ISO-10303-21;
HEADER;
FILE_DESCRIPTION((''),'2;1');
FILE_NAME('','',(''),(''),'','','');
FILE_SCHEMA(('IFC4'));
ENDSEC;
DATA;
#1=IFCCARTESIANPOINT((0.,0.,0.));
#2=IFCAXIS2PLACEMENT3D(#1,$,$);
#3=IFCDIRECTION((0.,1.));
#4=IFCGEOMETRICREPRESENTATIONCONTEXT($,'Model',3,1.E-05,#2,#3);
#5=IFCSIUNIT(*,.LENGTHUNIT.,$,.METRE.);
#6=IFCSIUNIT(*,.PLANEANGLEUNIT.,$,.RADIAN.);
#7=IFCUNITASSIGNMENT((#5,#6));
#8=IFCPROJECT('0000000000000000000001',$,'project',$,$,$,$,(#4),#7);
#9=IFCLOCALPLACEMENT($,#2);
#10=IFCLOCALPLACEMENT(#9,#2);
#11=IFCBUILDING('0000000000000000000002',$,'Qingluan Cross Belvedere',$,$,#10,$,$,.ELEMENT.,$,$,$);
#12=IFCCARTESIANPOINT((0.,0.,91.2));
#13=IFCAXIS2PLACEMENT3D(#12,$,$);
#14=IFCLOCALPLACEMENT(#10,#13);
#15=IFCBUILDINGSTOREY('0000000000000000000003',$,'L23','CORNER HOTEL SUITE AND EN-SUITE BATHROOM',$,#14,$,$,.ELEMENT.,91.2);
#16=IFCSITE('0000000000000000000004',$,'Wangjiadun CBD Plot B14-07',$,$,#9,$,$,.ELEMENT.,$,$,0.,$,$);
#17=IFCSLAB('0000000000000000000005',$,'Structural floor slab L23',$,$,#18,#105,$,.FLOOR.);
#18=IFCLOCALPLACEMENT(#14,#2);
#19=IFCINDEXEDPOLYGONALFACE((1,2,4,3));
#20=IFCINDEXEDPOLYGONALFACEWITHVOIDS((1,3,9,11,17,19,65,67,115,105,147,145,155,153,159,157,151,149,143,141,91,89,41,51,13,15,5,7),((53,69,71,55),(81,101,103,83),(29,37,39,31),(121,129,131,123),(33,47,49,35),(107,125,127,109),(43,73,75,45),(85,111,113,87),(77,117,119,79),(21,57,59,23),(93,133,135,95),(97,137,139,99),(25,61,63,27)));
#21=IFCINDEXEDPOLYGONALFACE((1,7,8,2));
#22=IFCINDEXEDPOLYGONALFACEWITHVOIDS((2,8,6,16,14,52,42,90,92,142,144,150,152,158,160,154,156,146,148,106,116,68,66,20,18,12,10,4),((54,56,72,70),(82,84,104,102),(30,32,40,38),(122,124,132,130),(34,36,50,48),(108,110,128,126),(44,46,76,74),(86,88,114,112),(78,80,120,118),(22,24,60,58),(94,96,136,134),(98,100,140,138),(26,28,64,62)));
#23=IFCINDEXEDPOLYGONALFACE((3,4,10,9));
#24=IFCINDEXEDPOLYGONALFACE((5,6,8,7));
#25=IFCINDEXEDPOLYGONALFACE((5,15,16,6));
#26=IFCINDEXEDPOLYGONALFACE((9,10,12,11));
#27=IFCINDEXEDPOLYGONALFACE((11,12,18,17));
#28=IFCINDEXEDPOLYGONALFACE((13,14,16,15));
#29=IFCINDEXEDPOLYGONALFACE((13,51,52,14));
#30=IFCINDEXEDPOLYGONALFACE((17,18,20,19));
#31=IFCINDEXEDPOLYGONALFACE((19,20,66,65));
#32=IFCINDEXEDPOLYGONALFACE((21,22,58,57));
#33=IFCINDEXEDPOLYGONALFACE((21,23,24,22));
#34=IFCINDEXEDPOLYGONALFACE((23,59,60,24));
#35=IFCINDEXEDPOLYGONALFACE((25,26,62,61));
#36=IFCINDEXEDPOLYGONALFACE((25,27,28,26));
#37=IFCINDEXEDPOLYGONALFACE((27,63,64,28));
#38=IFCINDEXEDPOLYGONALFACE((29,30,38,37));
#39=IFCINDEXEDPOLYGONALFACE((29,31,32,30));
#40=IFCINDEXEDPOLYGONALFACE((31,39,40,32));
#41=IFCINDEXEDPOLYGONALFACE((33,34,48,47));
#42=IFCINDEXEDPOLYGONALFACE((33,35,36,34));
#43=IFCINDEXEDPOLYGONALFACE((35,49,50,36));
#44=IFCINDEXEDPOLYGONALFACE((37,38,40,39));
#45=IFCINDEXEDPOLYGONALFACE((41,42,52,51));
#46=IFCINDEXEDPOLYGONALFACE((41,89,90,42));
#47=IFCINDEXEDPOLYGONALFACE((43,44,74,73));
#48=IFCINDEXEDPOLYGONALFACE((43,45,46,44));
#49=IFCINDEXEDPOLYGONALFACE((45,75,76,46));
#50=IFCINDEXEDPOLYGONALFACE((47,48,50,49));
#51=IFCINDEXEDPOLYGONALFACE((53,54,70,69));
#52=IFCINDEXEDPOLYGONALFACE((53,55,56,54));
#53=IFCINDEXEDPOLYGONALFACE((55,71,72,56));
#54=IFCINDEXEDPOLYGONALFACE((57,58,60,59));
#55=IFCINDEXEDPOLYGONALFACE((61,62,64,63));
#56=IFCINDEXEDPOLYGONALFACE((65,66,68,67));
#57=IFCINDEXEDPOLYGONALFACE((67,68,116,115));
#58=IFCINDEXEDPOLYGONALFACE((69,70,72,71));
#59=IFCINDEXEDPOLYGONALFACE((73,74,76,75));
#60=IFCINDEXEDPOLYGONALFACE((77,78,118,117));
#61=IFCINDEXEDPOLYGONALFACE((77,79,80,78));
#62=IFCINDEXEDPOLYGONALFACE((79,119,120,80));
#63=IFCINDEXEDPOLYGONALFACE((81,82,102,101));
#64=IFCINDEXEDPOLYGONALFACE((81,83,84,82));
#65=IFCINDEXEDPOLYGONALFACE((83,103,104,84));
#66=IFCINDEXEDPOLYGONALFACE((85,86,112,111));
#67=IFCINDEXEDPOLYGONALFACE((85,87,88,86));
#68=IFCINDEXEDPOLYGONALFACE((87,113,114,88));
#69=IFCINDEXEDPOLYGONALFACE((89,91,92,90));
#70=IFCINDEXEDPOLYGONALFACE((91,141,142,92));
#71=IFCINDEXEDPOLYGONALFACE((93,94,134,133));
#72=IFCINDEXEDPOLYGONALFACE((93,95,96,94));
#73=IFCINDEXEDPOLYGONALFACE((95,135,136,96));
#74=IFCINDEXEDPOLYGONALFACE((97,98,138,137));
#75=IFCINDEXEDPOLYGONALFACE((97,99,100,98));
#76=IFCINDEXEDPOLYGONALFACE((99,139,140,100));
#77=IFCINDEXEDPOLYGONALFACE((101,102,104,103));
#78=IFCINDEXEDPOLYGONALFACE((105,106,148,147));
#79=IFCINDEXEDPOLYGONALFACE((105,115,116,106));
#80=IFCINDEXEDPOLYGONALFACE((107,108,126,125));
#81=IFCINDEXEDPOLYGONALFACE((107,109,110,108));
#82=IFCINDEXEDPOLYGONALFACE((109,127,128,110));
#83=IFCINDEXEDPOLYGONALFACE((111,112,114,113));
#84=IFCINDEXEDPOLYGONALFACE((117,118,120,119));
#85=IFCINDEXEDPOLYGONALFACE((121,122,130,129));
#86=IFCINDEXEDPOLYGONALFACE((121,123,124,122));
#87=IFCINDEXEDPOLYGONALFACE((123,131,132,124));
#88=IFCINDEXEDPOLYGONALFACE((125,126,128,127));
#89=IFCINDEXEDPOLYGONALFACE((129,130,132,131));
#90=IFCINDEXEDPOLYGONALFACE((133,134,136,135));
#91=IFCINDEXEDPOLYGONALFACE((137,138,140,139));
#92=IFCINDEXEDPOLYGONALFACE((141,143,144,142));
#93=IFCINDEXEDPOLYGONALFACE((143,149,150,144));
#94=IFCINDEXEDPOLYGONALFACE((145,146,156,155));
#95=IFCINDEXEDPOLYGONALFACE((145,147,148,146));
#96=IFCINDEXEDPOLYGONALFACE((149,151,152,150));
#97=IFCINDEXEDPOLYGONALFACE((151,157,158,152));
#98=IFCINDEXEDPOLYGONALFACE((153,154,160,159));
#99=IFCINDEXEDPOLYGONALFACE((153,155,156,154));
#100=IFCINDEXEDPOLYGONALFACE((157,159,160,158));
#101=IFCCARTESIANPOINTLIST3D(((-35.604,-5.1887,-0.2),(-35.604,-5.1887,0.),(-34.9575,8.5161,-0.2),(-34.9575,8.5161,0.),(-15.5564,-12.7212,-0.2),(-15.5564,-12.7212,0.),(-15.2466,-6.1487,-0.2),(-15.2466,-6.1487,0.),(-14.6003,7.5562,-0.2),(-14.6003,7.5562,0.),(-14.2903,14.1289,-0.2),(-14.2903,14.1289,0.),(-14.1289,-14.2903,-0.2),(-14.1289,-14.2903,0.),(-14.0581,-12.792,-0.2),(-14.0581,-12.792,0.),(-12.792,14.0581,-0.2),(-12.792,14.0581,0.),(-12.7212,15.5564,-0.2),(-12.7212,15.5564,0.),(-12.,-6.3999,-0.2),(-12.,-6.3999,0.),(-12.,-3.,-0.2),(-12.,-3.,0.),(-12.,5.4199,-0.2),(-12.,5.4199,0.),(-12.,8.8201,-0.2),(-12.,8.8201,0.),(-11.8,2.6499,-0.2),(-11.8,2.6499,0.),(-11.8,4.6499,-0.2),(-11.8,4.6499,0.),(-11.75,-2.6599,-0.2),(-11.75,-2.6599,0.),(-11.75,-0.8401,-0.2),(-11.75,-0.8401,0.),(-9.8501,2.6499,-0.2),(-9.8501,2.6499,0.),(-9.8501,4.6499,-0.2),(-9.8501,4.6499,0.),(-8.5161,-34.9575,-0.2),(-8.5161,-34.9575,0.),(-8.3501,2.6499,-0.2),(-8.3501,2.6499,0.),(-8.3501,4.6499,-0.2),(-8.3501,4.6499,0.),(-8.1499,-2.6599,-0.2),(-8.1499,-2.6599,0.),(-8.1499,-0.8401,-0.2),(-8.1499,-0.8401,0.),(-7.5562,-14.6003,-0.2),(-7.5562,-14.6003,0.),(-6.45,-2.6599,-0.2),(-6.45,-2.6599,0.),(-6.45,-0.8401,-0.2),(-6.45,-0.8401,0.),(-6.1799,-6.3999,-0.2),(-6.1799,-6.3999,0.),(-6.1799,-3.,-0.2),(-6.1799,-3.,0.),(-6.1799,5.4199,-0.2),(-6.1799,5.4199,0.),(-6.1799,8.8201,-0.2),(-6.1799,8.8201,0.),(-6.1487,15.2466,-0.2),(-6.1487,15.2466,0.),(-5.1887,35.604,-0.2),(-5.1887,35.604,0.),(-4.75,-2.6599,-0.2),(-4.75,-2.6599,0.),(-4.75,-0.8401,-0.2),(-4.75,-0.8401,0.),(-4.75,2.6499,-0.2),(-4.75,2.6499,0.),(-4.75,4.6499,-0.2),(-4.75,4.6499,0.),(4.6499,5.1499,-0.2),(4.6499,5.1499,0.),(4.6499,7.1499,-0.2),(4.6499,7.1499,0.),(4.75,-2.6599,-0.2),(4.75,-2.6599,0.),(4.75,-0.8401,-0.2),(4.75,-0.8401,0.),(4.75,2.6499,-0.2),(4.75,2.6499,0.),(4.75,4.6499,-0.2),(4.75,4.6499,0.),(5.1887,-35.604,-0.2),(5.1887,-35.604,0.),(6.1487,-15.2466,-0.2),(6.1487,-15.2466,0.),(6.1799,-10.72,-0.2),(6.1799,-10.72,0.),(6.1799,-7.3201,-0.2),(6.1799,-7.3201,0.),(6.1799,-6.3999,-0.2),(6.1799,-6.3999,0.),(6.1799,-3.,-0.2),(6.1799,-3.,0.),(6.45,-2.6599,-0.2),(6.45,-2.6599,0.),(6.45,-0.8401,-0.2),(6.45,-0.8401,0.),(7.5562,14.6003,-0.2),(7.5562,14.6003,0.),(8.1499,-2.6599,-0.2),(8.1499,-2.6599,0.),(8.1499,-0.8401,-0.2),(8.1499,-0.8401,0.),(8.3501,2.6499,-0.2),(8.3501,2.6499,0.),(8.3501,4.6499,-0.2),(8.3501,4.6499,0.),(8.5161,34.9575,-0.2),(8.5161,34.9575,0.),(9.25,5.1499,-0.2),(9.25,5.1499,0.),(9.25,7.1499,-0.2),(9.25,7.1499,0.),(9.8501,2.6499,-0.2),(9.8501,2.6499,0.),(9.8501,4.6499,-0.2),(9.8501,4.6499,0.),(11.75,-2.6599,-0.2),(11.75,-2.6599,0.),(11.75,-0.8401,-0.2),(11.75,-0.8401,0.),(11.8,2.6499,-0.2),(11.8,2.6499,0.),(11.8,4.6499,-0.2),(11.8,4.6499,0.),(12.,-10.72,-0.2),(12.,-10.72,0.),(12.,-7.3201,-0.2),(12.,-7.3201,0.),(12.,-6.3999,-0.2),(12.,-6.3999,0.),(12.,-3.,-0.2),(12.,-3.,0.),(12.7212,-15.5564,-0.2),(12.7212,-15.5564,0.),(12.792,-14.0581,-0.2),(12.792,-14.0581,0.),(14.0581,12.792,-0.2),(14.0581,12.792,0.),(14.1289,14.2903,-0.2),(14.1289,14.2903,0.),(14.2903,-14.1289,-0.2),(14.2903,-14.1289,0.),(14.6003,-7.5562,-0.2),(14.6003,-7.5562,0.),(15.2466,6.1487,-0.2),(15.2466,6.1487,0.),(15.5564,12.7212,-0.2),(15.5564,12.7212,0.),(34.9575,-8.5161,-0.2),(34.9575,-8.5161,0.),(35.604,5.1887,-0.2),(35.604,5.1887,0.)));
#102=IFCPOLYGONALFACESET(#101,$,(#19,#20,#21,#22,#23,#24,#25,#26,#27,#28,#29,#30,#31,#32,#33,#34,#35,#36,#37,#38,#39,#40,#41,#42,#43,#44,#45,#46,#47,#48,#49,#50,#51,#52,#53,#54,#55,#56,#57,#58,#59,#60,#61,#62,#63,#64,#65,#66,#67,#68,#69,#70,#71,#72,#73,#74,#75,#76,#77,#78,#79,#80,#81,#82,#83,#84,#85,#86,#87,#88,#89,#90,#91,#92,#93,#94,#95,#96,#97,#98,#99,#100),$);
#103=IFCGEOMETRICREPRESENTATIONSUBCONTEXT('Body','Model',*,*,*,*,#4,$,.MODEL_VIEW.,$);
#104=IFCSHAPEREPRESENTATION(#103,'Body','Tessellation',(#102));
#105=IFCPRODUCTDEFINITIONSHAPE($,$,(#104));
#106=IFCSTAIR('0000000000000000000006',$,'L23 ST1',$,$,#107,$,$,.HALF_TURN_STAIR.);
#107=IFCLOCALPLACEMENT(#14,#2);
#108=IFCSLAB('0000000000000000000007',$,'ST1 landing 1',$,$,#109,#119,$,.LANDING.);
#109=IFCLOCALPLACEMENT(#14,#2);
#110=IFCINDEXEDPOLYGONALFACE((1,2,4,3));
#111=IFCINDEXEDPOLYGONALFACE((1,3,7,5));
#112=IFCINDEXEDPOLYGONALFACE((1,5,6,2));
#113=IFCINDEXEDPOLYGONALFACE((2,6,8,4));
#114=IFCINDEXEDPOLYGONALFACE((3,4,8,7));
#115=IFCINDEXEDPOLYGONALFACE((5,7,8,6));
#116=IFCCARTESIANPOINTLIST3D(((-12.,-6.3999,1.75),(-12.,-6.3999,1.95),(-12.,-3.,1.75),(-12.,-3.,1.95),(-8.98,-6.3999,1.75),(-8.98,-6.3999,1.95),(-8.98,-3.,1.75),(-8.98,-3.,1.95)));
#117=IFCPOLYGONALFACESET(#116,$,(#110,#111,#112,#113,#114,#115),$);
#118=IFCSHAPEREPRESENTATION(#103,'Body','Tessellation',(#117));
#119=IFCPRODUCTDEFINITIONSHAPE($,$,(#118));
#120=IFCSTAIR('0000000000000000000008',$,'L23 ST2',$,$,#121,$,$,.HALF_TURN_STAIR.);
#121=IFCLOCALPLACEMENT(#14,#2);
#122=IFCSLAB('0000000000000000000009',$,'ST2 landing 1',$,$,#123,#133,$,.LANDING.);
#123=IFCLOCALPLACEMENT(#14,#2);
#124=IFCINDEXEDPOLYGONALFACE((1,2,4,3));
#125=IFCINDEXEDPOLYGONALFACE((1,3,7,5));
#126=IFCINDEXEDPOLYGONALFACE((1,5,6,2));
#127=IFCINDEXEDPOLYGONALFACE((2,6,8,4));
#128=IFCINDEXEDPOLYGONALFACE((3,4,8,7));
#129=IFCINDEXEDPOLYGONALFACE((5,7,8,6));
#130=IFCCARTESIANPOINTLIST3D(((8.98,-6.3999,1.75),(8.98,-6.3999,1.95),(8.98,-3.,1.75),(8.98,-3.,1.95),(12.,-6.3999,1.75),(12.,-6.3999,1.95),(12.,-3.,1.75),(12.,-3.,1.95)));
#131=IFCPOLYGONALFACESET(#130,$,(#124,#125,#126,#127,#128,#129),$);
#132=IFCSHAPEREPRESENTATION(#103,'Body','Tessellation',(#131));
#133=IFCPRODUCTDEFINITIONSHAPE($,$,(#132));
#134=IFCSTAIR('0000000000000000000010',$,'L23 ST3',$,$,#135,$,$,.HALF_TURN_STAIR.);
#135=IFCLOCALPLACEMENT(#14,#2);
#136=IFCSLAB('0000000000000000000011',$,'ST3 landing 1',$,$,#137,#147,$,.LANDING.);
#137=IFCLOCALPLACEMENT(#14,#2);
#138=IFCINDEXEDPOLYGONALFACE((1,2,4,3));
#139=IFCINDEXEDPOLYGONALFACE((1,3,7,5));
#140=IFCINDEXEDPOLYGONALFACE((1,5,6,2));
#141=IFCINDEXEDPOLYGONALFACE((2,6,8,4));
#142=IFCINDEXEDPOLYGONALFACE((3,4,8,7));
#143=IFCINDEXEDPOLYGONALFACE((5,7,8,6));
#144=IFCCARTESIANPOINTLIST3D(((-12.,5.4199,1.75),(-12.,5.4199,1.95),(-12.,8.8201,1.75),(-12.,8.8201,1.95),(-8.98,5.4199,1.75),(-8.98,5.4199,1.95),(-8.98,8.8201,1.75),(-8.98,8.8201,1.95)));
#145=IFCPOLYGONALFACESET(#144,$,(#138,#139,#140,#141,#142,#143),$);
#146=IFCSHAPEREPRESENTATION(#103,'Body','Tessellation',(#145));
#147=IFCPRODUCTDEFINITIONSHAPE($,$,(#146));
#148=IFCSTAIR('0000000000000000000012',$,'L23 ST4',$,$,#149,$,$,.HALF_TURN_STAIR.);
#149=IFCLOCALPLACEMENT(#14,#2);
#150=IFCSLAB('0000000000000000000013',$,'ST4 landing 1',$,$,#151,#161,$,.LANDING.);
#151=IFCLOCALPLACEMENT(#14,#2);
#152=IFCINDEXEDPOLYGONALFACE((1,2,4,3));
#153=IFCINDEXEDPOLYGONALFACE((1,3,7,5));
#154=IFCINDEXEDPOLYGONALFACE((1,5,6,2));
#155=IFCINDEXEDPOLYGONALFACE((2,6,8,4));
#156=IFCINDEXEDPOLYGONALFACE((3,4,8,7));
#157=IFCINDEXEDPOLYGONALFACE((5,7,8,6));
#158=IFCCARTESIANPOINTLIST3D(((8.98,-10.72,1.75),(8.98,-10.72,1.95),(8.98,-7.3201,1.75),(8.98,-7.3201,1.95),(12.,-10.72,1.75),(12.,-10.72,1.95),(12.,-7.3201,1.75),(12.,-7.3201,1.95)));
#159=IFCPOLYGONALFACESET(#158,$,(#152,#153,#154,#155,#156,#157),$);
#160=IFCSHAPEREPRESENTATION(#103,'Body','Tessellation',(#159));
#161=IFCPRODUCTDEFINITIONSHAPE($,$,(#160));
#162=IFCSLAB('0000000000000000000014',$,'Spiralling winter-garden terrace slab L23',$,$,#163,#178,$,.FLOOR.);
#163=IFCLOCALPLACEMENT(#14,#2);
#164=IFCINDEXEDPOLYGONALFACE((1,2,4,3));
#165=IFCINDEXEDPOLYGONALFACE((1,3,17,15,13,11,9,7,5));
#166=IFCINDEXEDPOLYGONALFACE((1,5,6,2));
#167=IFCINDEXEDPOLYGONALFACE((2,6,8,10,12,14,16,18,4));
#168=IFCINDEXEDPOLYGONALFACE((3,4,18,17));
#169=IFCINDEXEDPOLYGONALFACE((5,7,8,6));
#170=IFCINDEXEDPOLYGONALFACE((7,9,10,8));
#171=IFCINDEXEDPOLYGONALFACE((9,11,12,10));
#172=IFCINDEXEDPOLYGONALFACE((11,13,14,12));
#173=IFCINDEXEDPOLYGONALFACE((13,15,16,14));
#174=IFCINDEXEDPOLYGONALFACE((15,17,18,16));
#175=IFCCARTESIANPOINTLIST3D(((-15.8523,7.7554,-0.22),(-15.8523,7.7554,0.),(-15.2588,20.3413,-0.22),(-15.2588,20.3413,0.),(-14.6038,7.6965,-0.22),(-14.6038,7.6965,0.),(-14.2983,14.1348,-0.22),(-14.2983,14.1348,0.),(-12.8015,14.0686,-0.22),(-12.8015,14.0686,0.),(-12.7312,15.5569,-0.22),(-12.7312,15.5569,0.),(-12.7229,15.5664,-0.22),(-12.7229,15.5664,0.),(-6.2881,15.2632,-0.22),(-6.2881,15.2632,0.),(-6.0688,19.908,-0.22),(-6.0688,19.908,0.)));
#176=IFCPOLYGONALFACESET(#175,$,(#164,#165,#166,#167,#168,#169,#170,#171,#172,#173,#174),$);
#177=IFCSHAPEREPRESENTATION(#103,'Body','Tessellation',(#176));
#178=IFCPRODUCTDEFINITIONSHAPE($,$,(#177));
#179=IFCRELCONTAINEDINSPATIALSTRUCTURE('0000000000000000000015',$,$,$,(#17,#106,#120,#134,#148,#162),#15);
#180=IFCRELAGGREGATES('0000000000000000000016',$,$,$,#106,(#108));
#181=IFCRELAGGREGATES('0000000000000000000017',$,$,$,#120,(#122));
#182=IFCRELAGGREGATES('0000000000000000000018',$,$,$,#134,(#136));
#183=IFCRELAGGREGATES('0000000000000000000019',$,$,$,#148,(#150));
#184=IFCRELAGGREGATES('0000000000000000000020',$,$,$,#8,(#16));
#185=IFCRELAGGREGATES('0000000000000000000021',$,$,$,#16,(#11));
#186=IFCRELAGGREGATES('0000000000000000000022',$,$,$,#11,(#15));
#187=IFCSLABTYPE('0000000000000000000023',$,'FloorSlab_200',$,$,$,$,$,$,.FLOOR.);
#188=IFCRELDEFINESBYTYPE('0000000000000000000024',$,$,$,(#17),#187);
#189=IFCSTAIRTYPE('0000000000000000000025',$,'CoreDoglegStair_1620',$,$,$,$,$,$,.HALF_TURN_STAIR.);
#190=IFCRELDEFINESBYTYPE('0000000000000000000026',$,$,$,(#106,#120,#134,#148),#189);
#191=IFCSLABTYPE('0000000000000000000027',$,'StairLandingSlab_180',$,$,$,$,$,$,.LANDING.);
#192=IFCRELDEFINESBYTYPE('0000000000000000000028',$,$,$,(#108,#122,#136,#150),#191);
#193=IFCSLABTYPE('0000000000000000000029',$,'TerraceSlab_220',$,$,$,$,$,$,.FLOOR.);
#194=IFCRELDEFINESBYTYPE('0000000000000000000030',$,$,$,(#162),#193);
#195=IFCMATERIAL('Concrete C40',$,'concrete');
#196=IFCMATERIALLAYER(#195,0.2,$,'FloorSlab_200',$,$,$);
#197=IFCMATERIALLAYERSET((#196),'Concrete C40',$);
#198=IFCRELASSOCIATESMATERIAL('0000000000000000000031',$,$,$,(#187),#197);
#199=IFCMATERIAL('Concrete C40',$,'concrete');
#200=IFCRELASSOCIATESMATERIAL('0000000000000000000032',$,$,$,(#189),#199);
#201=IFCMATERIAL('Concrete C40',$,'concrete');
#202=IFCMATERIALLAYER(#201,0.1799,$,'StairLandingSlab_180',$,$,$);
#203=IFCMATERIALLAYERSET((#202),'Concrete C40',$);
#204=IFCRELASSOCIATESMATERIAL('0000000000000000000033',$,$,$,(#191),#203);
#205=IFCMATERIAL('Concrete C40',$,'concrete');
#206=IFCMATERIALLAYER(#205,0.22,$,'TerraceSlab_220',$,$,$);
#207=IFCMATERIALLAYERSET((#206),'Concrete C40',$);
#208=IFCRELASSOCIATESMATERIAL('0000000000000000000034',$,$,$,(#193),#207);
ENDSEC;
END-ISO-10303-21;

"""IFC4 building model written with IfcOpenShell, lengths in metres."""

from ifc_helpers import new_model, si_unit, direction, frame, origin, place, context, subcontext, project, spatial, polyline, outline, extrude, material, layer, layer_set, type_object, element, aggregate, save


model = new_model("IFC4")

# Units and contexts
model_context = context("Model", 3, precision=1e-05, world=origin(), true_north=direction((0.0, 1.0)))
body_context = subcontext(model_context, "Body", "Model", "MODEL_VIEW")
ifc_project = project(units=[si_unit("LENGTHUNIT", "METRE"), si_unit("PLANEANGLEUNIT", "RADIAN")], contexts=[model_context])

# Site, building, storey
site_placement = place(None, origin())
site = spatial("IfcSite", under=ifc_project, at=site_placement, Name="Wangjiadun CBD Plot B14-07", CompositionType="ELEMENT", RefElevation=0.0)
building_placement = place(site_placement, origin())
building = spatial("IfcBuilding", under=site, at=building_placement, Name="Qingluan Cross Belvedere", CompositionType="ELEMENT")
storey_placement = place(building_placement, frame((0.0, 0.0, 91.2)))
storey = spatial("IfcBuildingStorey", under=building, at=storey_placement, Name="L23", Description="CORNER HOTEL SUITE AND EN-SUITE BATHROOM", CompositionType="ELEMENT", Elevation=91.2)

# Slab
ifc_material_1 = material(Name="Concrete C40", Category="concrete")
ifc_layer_1 = layer(ifc_material_1, 0.2, Name="FloorSlab_200")
ifc_layer_set_1 = layer_set([ifc_layer_1], Name="Concrete C40")
slab_type_1 = type_object("IfcSlabType", Name="FloorSlab_200", PredefinedType="FLOOR", material=ifc_layer_set_1)
slab_1_placement = place(storey_placement, frame((0.0, 0.0, -0.2)))
element("IfcSlab", 1, at=slab_1_placement, inside=storey, type_object=slab_type_1, Name="Structural floor slab L23", PredefinedType="FLOOR", context=body_context, shape_type="SweptSolid", body=[
    extrude(outline(polyline([(5.1887, -35.604), (6.1487, -15.2466), (12.7212, -15.5564), (12.792, -14.0581), (14.2903, -14.1289), (14.6003, -7.5562), (34.9575, -8.5161), (35.604, 5.1887), (15.2466, 6.1487), (15.5564, 12.7212), (14.0581, 12.792), (14.1289, 14.2903), (7.5562, 14.6003), (8.5161, 34.9575), (-5.1887, 35.604), (-6.1487, 15.2466), (-12.7212, 15.5564), (-12.792, 14.0581), (-14.2903, 14.1289), (-14.6003, 7.5562), (-34.9575, 8.5161), (-35.604, -5.1887), (-15.2466, -6.1487), (-15.5564, -12.7212), (-14.0581, -12.792), (-14.1289, -14.2903), (-7.5562, -14.6003), (-8.5161, -34.9575), (5.1887, -35.604)]), holes=[polyline([(-12.0, -3.0), (-6.1799, -3.0), (-6.1799, -6.3999), (-12.0, -6.3999), (-12.0, -3.0)]), polyline([(6.1799, -3.0), (12.0, -3.0), (12.0, -6.3999), (6.1799, -6.3999), (6.1799, -3.0)]), polyline([(-12.0, 8.8201), (-6.1799, 8.8201), (-6.1799, 5.4199), (-12.0, 5.4199), (-12.0, 8.8201)]), polyline([(6.1799, -7.3201), (12.0, -7.3201), (12.0, -10.72), (6.1799, -10.72), (6.1799, -7.3201)]), polyline([(-11.8, 4.6499), (-9.8501, 4.6499), (-9.8501, 2.6499), (-11.8, 2.6499), (-11.8, 4.6499)]), polyline([(-8.3501, 4.6499), (-4.75, 4.6499), (-4.75, 2.6499), (-8.3501, 2.6499), (-8.3501, 4.6499)]), polyline([(4.75, 4.6499), (8.3501, 4.6499), (8.3501, 2.6499), (4.75, 2.6499), (4.75, 4.6499)]), polyline([(9.8501, 4.6499), (11.8, 4.6499), (11.8, 2.6499), (9.8501, 2.6499), (9.8501, 4.6499)]), polyline([(-11.75, -0.8401), (-8.1499, -0.8401), (-8.1499, -2.6599), (-11.75, -2.6599), (-11.75, -0.8401)]), polyline([(-6.45, -0.8401), (-4.75, -0.8401), (-4.75, -2.6599), (-6.45, -2.6599), (-6.45, -0.8401)]), polyline([(4.75, -0.8401), (6.45, -0.8401), (6.45, -2.6599), (4.75, -2.6599), (4.75, -0.8401)]), polyline([(8.1499, -0.8401), (11.75, -0.8401), (11.75, -2.6599), (8.1499, -2.6599), (8.1499, -0.8401)]), polyline([(4.6499, 7.1499), (9.25, 7.1499), (9.25, 5.1499), (4.6499, 5.1499), (4.6499, 7.1499)])]), origin(), (0.0, 0.0, 1.0), 0.2),
])

# Stairs, slabs
ifc_material_2 = material(Name="Concrete C40", Category="concrete")
stair_type = type_object("IfcStairType", Name="CoreDoglegStair_1620", PredefinedType="HALF_TURN_STAIR", material=ifc_material_2)
stair_1_placement = place(storey_placement, origin())
stair_1 = element("IfcStair", 2, at=stair_1_placement, inside=storey, type_object=stair_type, Name="L23 ST1", PredefinedType="HALF_TURN_STAIR")
ifc_material_3 = material(Name="Concrete C40", Category="concrete")
ifc_layer_2 = layer(ifc_material_3, 0.1799, Name="StairLandingSlab_180")
ifc_layer_set_2 = layer_set([ifc_layer_2], Name="Concrete C40")
slab_type_2 = type_object("IfcSlabType", Name="StairLandingSlab_180", PredefinedType="LANDING", material=ifc_layer_set_2)
slab_2_placement = place(storey_placement, frame((0.0, 0.0, 1.75)))
slab_2 = element("IfcSlab", 3, at=slab_2_placement, type_object=slab_type_2, Name="ST1 landing 1", PredefinedType="LANDING", context=body_context, shape_type="SweptSolid", body=[
    extrude(outline(polyline([(-8.98, -3.0), (-12.0, -3.0), (-12.0, -6.3999), (-8.98, -6.3999), (-8.98, -3.0)])), origin(), (0.0, 0.0, 1.0), 0.2),
])
aggregate(stair_1, [slab_2])
stair_2_placement = place(storey_placement, origin())
stair_2 = element("IfcStair", 4, at=stair_2_placement, inside=storey, type_object=stair_type, Name="L23 ST2", PredefinedType="HALF_TURN_STAIR")
slab_3_placement = place(storey_placement, frame((0.0, 0.0, 1.75)))
slab_3 = element("IfcSlab", 5, at=slab_3_placement, type_object=slab_type_2, Name="ST2 landing 1", PredefinedType="LANDING", context=body_context, shape_type="SweptSolid", body=[
    extrude(outline(polyline([(8.98, -6.3999), (12.0, -6.3999), (12.0, -3.0), (8.98, -3.0), (8.98, -6.3999)])), origin(), (0.0, 0.0, 1.0), 0.2),
])
aggregate(stair_2, [slab_3])
stair_3_placement = place(storey_placement, origin())
stair_3 = element("IfcStair", 6, at=stair_3_placement, inside=storey, type_object=stair_type, Name="L23 ST3", PredefinedType="HALF_TURN_STAIR")
slab_4_placement = place(storey_placement, frame((0.0, 0.0, 1.75)))
slab_4 = element("IfcSlab", 7, at=slab_4_placement, type_object=slab_type_2, Name="ST3 landing 1", PredefinedType="LANDING", context=body_context, shape_type="SweptSolid", body=[
    extrude(outline(polyline([(-8.98, 8.8201), (-12.0, 8.8201), (-12.0, 5.4199), (-8.98, 5.4199), (-8.98, 8.8201)])), origin(), (0.0, 0.0, 1.0), 0.2),
])
aggregate(stair_3, [slab_4])
stair_4_placement = place(storey_placement, origin())
stair_4 = element("IfcStair", 8, at=stair_4_placement, inside=storey, type_object=stair_type, Name="L23 ST4", PredefinedType="HALF_TURN_STAIR")
slab_5_placement = place(storey_placement, frame((0.0, 0.0, 1.75)))
slab_5 = element("IfcSlab", 9, at=slab_5_placement, type_object=slab_type_2, Name="ST4 landing 1", PredefinedType="LANDING", context=body_context, shape_type="SweptSolid", body=[
    extrude(outline(polyline([(8.98, -10.72), (12.0, -10.72), (12.0, -7.3201), (8.98, -7.3201), (8.98, -10.72)])), origin(), (0.0, 0.0, 1.0), 0.2),
])
aggregate(stair_4, [slab_5])

# Slab
ifc_material_4 = material(Name="Concrete C40", Category="concrete")
ifc_layer_3 = layer(ifc_material_4, 0.22, Name="TerraceSlab_220")
ifc_layer_set_3 = layer_set([ifc_layer_3], Name="Concrete C40")
slab_type_3 = type_object("IfcSlabType", Name="TerraceSlab_220", PredefinedType="FLOOR", material=ifc_layer_set_3)
slab_6_placement = place(storey_placement, frame((0.0, 0.0, -0.22)))
element("IfcSlab", 10, at=slab_6_placement, inside=storey, type_object=slab_type_3, Name="Spiralling winter-garden terrace slab L23", PredefinedType="FLOOR", context=body_context, shape_type="SweptSolid", body=[
    extrude(outline(polyline([(-14.6038, 7.6965), (-14.2983, 14.1348), (-12.8015, 14.0686), (-12.7312, 15.5569), (-12.7229, 15.5664), (-6.2881, 15.2632), (-6.0688, 19.908), (-15.2588, 20.3413), (-15.8523, 7.7554), (-14.6038, 7.6965)])), origin(), (0.0, 0.0, 1.0), 0.22),
])

save(model, "model.ifc")
